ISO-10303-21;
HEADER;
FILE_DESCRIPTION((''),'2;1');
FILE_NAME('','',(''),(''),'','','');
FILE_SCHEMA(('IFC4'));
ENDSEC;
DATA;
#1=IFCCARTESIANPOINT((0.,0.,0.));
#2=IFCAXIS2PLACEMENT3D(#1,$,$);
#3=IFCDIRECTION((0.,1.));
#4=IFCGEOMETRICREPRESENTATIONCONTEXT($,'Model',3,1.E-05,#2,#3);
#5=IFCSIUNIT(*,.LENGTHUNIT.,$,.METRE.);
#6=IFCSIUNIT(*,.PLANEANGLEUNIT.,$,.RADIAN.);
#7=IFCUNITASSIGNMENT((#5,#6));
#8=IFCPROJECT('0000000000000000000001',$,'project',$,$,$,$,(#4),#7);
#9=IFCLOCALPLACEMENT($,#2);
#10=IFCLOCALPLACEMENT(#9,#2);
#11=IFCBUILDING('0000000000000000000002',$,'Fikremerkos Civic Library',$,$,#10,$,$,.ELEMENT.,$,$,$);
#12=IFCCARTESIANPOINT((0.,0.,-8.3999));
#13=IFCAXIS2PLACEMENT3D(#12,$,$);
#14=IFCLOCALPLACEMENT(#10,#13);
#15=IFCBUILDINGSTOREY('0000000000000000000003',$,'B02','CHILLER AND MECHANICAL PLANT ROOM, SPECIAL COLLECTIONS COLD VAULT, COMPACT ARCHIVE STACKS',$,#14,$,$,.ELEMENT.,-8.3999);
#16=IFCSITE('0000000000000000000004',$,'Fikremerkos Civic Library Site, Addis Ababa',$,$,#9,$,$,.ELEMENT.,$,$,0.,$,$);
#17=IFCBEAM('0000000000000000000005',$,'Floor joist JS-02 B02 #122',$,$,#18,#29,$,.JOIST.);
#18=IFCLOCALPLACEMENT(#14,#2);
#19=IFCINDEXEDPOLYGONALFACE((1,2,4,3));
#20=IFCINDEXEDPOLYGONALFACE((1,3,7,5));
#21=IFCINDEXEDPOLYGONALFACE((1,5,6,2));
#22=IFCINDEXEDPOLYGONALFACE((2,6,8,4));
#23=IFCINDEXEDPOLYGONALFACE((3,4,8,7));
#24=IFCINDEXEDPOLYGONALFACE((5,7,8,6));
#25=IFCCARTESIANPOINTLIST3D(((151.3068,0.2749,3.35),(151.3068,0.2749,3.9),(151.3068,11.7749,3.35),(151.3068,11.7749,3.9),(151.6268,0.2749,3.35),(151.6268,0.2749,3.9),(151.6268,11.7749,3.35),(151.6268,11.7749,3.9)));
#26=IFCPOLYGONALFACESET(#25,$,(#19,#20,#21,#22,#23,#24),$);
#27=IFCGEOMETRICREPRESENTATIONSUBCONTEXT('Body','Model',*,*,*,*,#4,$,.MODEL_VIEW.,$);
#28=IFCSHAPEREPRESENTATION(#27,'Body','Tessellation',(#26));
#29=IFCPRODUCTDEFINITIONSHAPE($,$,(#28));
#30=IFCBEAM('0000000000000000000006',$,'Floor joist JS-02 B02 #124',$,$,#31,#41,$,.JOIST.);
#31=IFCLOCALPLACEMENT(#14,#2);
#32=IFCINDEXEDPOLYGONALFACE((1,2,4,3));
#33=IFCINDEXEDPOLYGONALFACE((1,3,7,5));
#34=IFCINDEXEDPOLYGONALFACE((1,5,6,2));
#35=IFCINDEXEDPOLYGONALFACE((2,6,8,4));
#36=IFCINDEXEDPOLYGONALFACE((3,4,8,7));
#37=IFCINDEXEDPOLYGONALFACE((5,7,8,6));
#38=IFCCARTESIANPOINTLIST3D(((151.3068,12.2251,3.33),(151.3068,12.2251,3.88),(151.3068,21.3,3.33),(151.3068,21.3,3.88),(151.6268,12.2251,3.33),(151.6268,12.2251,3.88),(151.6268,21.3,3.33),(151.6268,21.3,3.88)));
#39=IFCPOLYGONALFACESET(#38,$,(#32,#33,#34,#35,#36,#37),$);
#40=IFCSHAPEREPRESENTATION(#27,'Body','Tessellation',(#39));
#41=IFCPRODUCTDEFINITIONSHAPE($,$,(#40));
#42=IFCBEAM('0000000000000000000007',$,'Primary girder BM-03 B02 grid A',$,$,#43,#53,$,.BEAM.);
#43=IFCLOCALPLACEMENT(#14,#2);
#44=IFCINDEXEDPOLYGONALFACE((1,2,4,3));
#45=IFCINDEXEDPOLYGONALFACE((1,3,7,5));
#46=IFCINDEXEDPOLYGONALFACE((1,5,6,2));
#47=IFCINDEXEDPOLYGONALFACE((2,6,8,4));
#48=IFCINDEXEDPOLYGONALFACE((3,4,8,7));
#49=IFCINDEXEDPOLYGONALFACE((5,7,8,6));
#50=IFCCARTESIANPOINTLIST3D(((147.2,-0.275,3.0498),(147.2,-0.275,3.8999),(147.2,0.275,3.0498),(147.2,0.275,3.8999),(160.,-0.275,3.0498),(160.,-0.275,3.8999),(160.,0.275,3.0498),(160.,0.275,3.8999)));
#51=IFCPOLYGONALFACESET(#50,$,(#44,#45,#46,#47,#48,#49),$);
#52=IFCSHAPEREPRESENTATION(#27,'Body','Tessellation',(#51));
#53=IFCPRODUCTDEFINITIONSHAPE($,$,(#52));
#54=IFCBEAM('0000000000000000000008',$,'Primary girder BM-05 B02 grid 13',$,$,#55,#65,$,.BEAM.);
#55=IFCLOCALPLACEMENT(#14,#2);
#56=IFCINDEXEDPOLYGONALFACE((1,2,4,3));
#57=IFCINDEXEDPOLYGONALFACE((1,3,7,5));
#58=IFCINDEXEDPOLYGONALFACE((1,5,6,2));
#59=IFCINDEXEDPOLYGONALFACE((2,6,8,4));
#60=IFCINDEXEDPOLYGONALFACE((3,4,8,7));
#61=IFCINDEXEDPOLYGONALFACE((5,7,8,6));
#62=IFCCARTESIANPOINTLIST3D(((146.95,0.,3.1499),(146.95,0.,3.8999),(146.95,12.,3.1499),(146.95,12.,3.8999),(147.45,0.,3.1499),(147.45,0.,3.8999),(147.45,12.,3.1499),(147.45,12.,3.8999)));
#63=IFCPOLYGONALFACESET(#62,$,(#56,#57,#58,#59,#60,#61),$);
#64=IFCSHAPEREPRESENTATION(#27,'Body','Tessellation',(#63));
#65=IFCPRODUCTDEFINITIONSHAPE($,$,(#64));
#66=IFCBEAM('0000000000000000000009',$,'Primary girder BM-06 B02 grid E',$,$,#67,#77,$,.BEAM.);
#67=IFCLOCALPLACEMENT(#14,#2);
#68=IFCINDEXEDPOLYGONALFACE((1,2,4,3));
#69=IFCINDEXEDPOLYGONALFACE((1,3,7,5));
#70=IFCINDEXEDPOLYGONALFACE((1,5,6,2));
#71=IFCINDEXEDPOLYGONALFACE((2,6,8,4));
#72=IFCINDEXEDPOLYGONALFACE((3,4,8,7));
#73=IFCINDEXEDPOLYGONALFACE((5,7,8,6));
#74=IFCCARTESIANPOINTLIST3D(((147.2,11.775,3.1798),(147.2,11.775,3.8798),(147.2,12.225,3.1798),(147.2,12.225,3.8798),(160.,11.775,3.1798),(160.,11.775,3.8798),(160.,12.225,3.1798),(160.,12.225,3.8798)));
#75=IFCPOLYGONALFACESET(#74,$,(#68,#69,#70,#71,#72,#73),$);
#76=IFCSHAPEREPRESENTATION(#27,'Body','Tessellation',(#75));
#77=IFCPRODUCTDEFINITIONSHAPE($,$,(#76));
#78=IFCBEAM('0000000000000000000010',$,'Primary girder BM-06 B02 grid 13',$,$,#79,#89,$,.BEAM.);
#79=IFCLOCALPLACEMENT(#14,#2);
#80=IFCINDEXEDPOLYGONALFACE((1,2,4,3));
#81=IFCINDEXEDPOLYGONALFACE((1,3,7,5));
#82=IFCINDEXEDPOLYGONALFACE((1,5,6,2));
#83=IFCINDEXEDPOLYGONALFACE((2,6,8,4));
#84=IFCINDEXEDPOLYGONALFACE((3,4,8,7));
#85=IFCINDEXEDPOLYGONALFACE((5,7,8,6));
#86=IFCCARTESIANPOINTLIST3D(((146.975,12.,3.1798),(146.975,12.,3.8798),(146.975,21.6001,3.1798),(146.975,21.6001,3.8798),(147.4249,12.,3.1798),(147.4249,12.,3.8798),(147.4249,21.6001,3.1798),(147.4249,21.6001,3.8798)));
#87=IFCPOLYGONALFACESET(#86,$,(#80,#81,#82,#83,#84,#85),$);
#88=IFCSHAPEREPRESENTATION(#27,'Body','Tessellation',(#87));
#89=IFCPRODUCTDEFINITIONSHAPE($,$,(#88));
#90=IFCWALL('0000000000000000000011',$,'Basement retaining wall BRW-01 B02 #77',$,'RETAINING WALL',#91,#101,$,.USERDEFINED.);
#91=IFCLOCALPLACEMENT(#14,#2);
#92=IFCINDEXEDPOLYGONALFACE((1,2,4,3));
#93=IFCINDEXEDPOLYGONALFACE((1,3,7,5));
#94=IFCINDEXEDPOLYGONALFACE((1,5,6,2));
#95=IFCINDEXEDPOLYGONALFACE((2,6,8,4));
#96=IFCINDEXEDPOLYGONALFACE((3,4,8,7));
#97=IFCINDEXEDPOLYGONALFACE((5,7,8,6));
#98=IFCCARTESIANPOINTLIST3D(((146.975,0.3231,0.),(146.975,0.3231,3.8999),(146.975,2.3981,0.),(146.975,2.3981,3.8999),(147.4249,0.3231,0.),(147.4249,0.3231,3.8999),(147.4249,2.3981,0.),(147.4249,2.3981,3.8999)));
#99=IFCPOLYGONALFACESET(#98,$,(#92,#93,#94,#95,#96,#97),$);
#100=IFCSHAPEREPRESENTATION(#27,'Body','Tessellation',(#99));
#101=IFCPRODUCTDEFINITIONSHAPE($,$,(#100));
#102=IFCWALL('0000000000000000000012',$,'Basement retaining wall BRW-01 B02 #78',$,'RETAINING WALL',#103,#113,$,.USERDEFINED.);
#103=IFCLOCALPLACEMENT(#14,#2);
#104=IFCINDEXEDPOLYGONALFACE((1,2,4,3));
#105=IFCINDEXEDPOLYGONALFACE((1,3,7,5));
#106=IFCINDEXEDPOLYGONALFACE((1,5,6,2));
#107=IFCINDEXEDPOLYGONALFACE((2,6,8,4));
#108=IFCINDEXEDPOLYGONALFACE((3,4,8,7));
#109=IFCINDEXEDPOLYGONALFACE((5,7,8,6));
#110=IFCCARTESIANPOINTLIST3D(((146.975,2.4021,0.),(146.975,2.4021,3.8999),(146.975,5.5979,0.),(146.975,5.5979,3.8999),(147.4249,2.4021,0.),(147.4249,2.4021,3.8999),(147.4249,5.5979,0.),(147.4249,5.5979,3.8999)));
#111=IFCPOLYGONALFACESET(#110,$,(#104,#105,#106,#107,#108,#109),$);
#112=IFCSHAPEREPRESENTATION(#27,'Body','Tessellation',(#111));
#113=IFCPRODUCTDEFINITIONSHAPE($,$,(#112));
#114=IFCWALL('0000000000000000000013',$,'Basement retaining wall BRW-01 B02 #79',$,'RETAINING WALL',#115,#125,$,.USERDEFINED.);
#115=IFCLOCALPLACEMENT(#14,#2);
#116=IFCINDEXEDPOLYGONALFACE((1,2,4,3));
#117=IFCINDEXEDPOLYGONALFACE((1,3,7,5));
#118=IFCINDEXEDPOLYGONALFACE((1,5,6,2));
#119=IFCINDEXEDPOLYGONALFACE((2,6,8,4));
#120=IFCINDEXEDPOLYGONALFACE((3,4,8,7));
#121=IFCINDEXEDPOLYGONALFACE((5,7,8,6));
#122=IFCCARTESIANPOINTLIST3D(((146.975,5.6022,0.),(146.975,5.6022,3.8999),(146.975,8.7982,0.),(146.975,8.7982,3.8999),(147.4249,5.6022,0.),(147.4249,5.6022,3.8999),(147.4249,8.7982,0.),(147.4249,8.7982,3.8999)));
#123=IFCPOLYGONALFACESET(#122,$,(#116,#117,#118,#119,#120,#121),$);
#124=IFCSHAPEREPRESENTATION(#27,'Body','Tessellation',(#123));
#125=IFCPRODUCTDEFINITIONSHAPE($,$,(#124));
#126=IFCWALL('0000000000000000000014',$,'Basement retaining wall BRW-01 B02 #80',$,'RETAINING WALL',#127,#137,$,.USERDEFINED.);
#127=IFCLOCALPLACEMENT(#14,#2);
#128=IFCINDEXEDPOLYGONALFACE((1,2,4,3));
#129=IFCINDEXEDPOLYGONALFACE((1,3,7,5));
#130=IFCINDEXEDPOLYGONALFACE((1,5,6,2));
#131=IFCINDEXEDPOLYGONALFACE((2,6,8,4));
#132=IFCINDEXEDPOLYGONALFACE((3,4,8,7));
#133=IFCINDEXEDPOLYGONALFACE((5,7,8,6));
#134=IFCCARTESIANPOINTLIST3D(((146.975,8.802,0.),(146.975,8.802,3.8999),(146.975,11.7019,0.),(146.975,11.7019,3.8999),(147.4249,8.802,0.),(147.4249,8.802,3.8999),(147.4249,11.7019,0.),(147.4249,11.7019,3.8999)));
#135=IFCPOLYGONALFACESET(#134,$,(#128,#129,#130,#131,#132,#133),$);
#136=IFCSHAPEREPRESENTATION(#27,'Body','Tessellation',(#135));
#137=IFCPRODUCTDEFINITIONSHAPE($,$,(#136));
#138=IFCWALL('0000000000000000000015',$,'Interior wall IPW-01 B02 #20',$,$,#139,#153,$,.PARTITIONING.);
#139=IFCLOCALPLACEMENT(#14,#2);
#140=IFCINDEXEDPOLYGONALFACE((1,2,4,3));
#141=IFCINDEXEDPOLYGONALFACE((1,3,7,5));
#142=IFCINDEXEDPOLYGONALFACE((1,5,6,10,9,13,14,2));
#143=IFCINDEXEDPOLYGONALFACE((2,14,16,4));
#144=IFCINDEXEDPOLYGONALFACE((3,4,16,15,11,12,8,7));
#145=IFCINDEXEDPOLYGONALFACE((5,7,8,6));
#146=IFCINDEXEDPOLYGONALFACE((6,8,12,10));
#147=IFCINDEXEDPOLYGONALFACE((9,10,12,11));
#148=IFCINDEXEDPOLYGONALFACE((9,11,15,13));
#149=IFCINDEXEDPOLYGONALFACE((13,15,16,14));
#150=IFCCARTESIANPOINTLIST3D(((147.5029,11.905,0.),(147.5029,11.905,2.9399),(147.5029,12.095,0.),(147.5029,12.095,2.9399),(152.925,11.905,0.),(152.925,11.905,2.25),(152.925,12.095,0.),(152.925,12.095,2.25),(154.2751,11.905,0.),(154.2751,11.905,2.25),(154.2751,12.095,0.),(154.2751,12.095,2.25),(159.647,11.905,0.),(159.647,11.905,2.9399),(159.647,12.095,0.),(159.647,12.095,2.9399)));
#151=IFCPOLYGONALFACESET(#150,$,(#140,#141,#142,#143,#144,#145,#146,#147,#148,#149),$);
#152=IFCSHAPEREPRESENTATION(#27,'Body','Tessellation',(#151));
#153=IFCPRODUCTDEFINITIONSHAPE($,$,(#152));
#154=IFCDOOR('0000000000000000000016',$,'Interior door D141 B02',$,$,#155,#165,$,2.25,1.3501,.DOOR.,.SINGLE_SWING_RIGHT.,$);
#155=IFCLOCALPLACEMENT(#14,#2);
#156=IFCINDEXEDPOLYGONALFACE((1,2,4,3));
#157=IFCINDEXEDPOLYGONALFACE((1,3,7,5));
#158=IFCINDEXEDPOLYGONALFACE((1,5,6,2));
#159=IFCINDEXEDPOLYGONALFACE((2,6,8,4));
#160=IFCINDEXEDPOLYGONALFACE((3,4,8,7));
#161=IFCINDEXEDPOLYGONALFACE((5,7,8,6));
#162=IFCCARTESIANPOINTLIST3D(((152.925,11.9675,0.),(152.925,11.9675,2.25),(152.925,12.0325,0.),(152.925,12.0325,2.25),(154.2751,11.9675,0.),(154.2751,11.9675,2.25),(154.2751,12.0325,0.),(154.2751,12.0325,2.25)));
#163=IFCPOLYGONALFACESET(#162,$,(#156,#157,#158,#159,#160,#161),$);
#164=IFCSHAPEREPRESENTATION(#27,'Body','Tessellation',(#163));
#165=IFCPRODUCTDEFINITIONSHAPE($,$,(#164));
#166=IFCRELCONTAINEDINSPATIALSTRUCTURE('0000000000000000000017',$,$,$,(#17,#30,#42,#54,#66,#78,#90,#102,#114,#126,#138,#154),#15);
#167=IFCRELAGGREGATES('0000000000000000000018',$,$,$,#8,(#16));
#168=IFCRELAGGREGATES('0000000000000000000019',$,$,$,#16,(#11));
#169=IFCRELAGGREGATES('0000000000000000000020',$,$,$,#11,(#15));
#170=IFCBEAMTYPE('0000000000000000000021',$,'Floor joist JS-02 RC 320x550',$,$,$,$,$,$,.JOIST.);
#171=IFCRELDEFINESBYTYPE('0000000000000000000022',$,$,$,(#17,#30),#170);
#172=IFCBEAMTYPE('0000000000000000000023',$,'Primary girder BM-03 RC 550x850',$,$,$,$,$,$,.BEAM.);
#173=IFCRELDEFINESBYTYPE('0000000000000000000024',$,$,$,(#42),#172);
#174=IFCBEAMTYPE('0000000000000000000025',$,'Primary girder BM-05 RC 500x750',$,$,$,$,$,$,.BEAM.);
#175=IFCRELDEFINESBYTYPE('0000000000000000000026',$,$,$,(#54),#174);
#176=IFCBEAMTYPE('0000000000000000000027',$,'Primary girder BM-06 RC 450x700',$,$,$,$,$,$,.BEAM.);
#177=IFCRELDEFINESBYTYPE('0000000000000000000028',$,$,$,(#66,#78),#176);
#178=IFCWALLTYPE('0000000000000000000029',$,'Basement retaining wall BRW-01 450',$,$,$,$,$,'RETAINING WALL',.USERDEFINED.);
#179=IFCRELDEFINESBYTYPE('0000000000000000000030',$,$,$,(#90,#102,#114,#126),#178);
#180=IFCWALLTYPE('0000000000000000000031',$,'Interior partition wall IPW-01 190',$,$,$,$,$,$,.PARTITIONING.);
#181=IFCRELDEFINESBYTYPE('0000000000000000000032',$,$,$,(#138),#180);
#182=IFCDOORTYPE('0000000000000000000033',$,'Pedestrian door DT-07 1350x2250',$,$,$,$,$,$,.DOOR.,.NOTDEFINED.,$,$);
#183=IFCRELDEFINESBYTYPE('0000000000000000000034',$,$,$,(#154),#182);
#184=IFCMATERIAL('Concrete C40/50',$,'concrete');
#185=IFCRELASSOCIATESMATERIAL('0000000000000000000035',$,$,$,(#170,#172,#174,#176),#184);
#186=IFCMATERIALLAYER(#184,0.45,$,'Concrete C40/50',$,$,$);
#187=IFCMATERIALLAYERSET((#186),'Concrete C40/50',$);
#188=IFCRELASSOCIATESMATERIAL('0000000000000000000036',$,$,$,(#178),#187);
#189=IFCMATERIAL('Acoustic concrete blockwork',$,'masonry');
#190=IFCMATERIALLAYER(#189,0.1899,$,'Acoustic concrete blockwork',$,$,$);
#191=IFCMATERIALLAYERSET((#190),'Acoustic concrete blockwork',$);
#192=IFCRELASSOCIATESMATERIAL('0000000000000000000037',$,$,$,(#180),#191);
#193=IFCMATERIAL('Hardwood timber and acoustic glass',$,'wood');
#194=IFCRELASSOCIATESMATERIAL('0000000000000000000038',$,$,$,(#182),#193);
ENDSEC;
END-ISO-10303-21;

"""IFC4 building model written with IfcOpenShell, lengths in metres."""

from ifc_helpers import new_model, si_unit, direction, frame, frame_2d, origin, origin_2d, place, context, subcontext, project, spatial, rectangle, extrude, material, layer, layer_set, material_profile, profile_set, type_object, element, fill, save


model = new_model("IFC4")

# Units and contexts
model_context = context("Model", 3, precision=1e-05, world=origin(), true_north=direction((0.0, 1.0)))
body_context = subcontext(model_context, "Body", "Model", "MODEL_VIEW")
ifc_project = project(units=[si_unit("LENGTHUNIT", "METRE"), si_unit("PLANEANGLEUNIT", "RADIAN")], contexts=[model_context])

# Site, building, storey
site_placement = place(None, origin())
site = spatial("IfcSite", under=ifc_project, at=site_placement, Name="Fikremerkos Civic Library Site, Addis Ababa", CompositionType="ELEMENT", RefElevation=0.0)
building_placement = place(site_placement, origin())
building = spatial("IfcBuilding", under=site, at=building_placement, Name="Fikremerkos Civic Library", CompositionType="ELEMENT")
storey_placement = place(building_placement, frame((0.0, 0.0, -8.3999)))
storey = spatial("IfcBuildingStorey", under=building, at=storey_placement, Name="B02", Description="CHILLER AND MECHANICAL PLANT ROOM, SPECIAL COLLECTIONS COLD VAULT, COMPACT ARCHIVE STACKS", CompositionType="ELEMENT", Elevation=-8.3999)

# Shared definitions
ifc_material_1 = material(Name="Concrete C40/50", Category="concrete")

# Beams
ifc_material_profile_1 = material_profile(ifc_material_1, rectangle(XDim=0.3201, YDim=0.55, at=origin_2d()), Name="RC 320x550")
ifc_profile_set_1 = profile_set([ifc_material_profile_1], Name="Concrete C40/50")
beam_type_1 = type_object("IfcBeamType", Name="Floor joist JS-02 RC 320x550", PredefinedType="JOIST", material=ifc_profile_set_1)
beam_1_placement = place(storey_placement, frame((151.4668, 0.2749, 3.625), z_axis=(0.0, 1.0, 0.0), x_axis=(-1.0, 0.0, 0.0)))
element("IfcBeam", 1, at=beam_1_placement, inside=storey, type_object=beam_type_1, Name="Floor joist JS-02 B02 #122", PredefinedType="JOIST", context=body_context, shape_type="SweptSolid", body=[
    extrude(rectangle(XDim=0.3201, YDim=0.55, at=origin_2d()), origin(), (0.0, 0.0, 1.0), 11.5),
])
beam_2_placement = place(storey_placement, frame((151.4668, 12.2251, 3.605), z_axis=(0.0, 1.0, 0.0), x_axis=(-1.0, 0.0, 0.0)))
element("IfcBeam", 2, at=beam_2_placement, inside=storey, type_object=beam_type_1, Name="Floor joist JS-02 B02 #124", PredefinedType="JOIST", context=body_context, shape_type="SweptSolid", body=[
    extrude(rectangle(XDim=0.3201, YDim=0.55, at=origin_2d()), origin(), (0.0, 0.0, 1.0), 9.075),
])
ifc_material_profile_2 = material_profile(ifc_material_1, rectangle(XDim=0.55, YDim=0.8501, at=origin_2d()), Name="RC 550x850")
ifc_profile_set_2 = profile_set([ifc_material_profile_2], Name="Concrete C40/50")
beam_type_2 = type_object("IfcBeamType", Name="Primary girder BM-03 RC 550x850", PredefinedType="BEAM", material=ifc_profile_set_2)
beam_3_placement = place(storey_placement, frame((147.2, 0.0, 3.4749), z_axis=(1.0, 0.0, 0.0), x_axis=(0.0, 1.0, 0.0)))
element("IfcBeam", 3, at=beam_3_placement, inside=storey, type_object=beam_type_2, Name="Primary girder BM-03 B02 grid A", PredefinedType="BEAM", context=body_context, shape_type="SweptSolid", body=[
    extrude(rectangle(XDim=0.55, YDim=0.8501, at=origin_2d()), origin(), (0.0, 0.0, 1.0), 12.8),
])
ifc_material_profile_3 = material_profile(ifc_material_1, rectangle(XDim=0.5, YDim=0.75, at=origin_2d()), Name="RC 500x750")
ifc_profile_set_3 = profile_set([ifc_material_profile_3], Name="Concrete C40/50")
beam_type_3 = type_object("IfcBeamType", Name="Primary girder BM-05 RC 500x750", PredefinedType="BEAM", material=ifc_profile_set_3)
beam_4_placement = place(storey_placement, frame((147.2, 0.0, 3.5249), z_axis=(0.0, 1.0, 0.0), x_axis=(-1.0, 0.0, 0.0)))
element("IfcBeam", 4, at=beam_4_placement, inside=storey, type_object=beam_type_3, Name="Primary girder BM-05 B02 grid 13", PredefinedType="BEAM", context=body_context, shape_type="SweptSolid", body=[
    extrude(rectangle(XDim=0.5, YDim=0.75, at=origin_2d()), origin(), (0.0, 0.0, 1.0), 12.0),
])
ifc_material_profile_4 = material_profile(ifc_material_1, rectangle(XDim=0.45, YDim=0.7, at=origin_2d()), Name="RC 450x700")
ifc_profile_set_4 = profile_set([ifc_material_profile_4], Name="Concrete C40/50")
beam_type_4 = type_object("IfcBeamType", Name="Primary girder BM-06 RC 450x700", PredefinedType="BEAM", material=ifc_profile_set_4)
beam_5_placement = place(storey_placement, frame((147.2, 12.0, 3.5298), z_axis=(1.0, 0.0, 0.0), x_axis=(0.0, 1.0, 0.0)))
element("IfcBeam", 5, at=beam_5_placement, inside=storey, type_object=beam_type_4, Name="Primary girder BM-06 B02 grid E", PredefinedType="BEAM", context=body_context, shape_type="SweptSolid", body=[
    extrude(rectangle(XDim=0.45, YDim=0.7, at=origin_2d()), origin(), (0.0, 0.0, 1.0), 12.8),
])
beam_6_placement = place(storey_placement, frame((147.2, 12.0, 3.5298), z_axis=(0.0, 1.0, 0.0), x_axis=(-1.0, 0.0, 0.0)))
element("IfcBeam", 6, at=beam_6_placement, inside=storey, type_object=beam_type_4, Name="Primary girder BM-06 B02 grid 13", PredefinedType="BEAM", context=body_context, shape_type="SweptSolid", body=[
    extrude(rectangle(XDim=0.45, YDim=0.7, at=origin_2d()), origin(), (0.0, 0.0, 1.0), 9.6001),
])

# Walls
ifc_layer_1 = layer(ifc_material_1, 0.45, Name="Concrete C40/50")
ifc_layer_set_1 = layer_set([ifc_layer_1], Name="Concrete C40/50")
wall_type_1 = type_object("IfcWallType", Name="Basement retaining wall BRW-01 450", ElementType="RETAINING WALL", PredefinedType="USERDEFINED", material=ifc_layer_set_1)
wall_1_placement = place(storey_placement, frame((147.2, 0.323, 0.0), z_axis=(0.0, 0.0, 1.0), x_axis=(0.0, 1.0, 0.0)))
element("IfcWall", 7, at=wall_1_placement, inside=storey, type_object=wall_type_1, Name="Basement retaining wall BRW-01 B02 #77", ObjectType="RETAINING WALL", PredefinedType="USERDEFINED", context=body_context, shape_type="SweptSolid", body=[
    extrude(rectangle(XDim=2.075, YDim=0.45, at=frame_2d((1.0376, 0.0))), origin(), (0.0, 0.0, 1.0), 3.8999),
])
wall_2_placement = place(storey_placement, frame((147.2, 2.4021, 0.0), z_axis=(0.0, 0.0, 1.0), x_axis=(0.0, 1.0, 0.0)))
element("IfcWall", 8, at=wall_2_placement, inside=storey, type_object=wall_type_1, Name="Basement retaining wall BRW-01 B02 #78", ObjectType="RETAINING WALL", PredefinedType="USERDEFINED", context=body_context, shape_type="SweptSolid", body=[
    extrude(rectangle(XDim=3.1958, YDim=0.45, at=frame_2d((1.5979, 0.0))), origin(), (0.0, 0.0, 1.0), 3.8999),
])
wall_3_placement = place(storey_placement, frame((147.2, 5.6021, 0.0), z_axis=(0.0, 0.0, 1.0), x_axis=(0.0, 1.0, 0.0)))
element("IfcWall", 9, at=wall_3_placement, inside=storey, type_object=wall_type_1, Name="Basement retaining wall BRW-01 B02 #79", ObjectType="RETAINING WALL", PredefinedType="USERDEFINED", context=body_context, shape_type="SweptSolid", body=[
    extrude(rectangle(XDim=3.196, YDim=0.45, at=frame_2d((1.5981, 0.0))), origin(), (0.0, 0.0, 1.0), 3.8999),
])
wall_4_placement = place(storey_placement, frame((147.2, 8.802, 0.0), z_axis=(0.0, 0.0, 1.0), x_axis=(0.0, 1.0, 0.0)))
element("IfcWall", 10, at=wall_4_placement, inside=storey, type_object=wall_type_1, Name="Basement retaining wall BRW-01 B02 #80", ObjectType="RETAINING WALL", PredefinedType="USERDEFINED", context=body_context, shape_type="SweptSolid", body=[
    extrude(rectangle(XDim=2.8999, YDim=0.45, at=frame_2d((1.45, 0.0))), origin(), (0.0, 0.0, 1.0), 3.8999),
])

# Wall, opening, door
ifc_material_2 = material(Name="Acoustic concrete blockwork", Category="masonry")
ifc_layer_2 = layer(ifc_material_2, 0.1899, Name="Acoustic concrete blockwork")
ifc_layer_set_2 = layer_set([ifc_layer_2], Name="Acoustic concrete blockwork")
wall_type_2 = type_object("IfcWallType", Name="Interior partition wall IPW-01 190", PredefinedType="PARTITIONING", material=ifc_layer_set_2)
wall_5_placement = place(storey_placement, frame((147.5029, 12.0, 0.0), z_axis=(0.0, 0.0, 1.0), x_axis=(1.0, 0.0, 0.0)))
wall_5 = element("IfcWall", 11, at=wall_5_placement, inside=storey, type_object=wall_type_2, Name="Interior wall IPW-01 B02 #20", PredefinedType="PARTITIONING", context=body_context, shape_type="SweptSolid", body=[
    extrude(rectangle(XDim=12.144, YDim=0.1899, at=frame_2d((6.072, 0.0))), origin(), (0.0, 0.0, 1.0), 2.9399),
])
opening_placement = place(wall_5_placement, frame((5.4221, 0.0, 0.0)))
opening = element("IfcOpeningElement", 12, at=opening_placement, cuts=wall_5, PredefinedType="OPENING", context=body_context, shape_type="SweptSolid", body=[
    extrude(rectangle(XDim=1.3501, YDim=2.25, at=frame_2d((0.675, 1.125))), frame((0.0, 0.105, 0.0), z_axis=(0.0, -1.0, 0.0), x_axis=(1.0, 0.0, 0.0)), (0.0, 0.0, 1.0), 0.21),
])
ifc_material_3 = material(Name="Hardwood timber and acoustic glass", Category="wood")
door_type = type_object("IfcDoorType", Name="Pedestrian door DT-07 1350x2250", OperationType="NOTDEFINED", PredefinedType="DOOR", material=ifc_material_3)
door_placement = place(opening_placement, origin())
door = element("IfcDoor", 13, at=door_placement, inside=storey, type_object=door_type, Name="Interior door D141 B02", OperationType="SINGLE_SWING_RIGHT", OverallHeight=2.25, OverallWidth=1.3501, PredefinedType="DOOR", context=body_context, shape_type="SweptSolid", body=[
    extrude(rectangle(XDim=1.3501, YDim=2.25, at=frame_2d((0.675, 1.125))), frame((0.0, 0.0325, 0.0), z_axis=(0.0, -1.0, 0.0), x_axis=(1.0, 0.0, 0.0)), (0.0, 0.0, 1.0), 0.0649),
])
fill(opening, door)

save(model, "model.ifc")
